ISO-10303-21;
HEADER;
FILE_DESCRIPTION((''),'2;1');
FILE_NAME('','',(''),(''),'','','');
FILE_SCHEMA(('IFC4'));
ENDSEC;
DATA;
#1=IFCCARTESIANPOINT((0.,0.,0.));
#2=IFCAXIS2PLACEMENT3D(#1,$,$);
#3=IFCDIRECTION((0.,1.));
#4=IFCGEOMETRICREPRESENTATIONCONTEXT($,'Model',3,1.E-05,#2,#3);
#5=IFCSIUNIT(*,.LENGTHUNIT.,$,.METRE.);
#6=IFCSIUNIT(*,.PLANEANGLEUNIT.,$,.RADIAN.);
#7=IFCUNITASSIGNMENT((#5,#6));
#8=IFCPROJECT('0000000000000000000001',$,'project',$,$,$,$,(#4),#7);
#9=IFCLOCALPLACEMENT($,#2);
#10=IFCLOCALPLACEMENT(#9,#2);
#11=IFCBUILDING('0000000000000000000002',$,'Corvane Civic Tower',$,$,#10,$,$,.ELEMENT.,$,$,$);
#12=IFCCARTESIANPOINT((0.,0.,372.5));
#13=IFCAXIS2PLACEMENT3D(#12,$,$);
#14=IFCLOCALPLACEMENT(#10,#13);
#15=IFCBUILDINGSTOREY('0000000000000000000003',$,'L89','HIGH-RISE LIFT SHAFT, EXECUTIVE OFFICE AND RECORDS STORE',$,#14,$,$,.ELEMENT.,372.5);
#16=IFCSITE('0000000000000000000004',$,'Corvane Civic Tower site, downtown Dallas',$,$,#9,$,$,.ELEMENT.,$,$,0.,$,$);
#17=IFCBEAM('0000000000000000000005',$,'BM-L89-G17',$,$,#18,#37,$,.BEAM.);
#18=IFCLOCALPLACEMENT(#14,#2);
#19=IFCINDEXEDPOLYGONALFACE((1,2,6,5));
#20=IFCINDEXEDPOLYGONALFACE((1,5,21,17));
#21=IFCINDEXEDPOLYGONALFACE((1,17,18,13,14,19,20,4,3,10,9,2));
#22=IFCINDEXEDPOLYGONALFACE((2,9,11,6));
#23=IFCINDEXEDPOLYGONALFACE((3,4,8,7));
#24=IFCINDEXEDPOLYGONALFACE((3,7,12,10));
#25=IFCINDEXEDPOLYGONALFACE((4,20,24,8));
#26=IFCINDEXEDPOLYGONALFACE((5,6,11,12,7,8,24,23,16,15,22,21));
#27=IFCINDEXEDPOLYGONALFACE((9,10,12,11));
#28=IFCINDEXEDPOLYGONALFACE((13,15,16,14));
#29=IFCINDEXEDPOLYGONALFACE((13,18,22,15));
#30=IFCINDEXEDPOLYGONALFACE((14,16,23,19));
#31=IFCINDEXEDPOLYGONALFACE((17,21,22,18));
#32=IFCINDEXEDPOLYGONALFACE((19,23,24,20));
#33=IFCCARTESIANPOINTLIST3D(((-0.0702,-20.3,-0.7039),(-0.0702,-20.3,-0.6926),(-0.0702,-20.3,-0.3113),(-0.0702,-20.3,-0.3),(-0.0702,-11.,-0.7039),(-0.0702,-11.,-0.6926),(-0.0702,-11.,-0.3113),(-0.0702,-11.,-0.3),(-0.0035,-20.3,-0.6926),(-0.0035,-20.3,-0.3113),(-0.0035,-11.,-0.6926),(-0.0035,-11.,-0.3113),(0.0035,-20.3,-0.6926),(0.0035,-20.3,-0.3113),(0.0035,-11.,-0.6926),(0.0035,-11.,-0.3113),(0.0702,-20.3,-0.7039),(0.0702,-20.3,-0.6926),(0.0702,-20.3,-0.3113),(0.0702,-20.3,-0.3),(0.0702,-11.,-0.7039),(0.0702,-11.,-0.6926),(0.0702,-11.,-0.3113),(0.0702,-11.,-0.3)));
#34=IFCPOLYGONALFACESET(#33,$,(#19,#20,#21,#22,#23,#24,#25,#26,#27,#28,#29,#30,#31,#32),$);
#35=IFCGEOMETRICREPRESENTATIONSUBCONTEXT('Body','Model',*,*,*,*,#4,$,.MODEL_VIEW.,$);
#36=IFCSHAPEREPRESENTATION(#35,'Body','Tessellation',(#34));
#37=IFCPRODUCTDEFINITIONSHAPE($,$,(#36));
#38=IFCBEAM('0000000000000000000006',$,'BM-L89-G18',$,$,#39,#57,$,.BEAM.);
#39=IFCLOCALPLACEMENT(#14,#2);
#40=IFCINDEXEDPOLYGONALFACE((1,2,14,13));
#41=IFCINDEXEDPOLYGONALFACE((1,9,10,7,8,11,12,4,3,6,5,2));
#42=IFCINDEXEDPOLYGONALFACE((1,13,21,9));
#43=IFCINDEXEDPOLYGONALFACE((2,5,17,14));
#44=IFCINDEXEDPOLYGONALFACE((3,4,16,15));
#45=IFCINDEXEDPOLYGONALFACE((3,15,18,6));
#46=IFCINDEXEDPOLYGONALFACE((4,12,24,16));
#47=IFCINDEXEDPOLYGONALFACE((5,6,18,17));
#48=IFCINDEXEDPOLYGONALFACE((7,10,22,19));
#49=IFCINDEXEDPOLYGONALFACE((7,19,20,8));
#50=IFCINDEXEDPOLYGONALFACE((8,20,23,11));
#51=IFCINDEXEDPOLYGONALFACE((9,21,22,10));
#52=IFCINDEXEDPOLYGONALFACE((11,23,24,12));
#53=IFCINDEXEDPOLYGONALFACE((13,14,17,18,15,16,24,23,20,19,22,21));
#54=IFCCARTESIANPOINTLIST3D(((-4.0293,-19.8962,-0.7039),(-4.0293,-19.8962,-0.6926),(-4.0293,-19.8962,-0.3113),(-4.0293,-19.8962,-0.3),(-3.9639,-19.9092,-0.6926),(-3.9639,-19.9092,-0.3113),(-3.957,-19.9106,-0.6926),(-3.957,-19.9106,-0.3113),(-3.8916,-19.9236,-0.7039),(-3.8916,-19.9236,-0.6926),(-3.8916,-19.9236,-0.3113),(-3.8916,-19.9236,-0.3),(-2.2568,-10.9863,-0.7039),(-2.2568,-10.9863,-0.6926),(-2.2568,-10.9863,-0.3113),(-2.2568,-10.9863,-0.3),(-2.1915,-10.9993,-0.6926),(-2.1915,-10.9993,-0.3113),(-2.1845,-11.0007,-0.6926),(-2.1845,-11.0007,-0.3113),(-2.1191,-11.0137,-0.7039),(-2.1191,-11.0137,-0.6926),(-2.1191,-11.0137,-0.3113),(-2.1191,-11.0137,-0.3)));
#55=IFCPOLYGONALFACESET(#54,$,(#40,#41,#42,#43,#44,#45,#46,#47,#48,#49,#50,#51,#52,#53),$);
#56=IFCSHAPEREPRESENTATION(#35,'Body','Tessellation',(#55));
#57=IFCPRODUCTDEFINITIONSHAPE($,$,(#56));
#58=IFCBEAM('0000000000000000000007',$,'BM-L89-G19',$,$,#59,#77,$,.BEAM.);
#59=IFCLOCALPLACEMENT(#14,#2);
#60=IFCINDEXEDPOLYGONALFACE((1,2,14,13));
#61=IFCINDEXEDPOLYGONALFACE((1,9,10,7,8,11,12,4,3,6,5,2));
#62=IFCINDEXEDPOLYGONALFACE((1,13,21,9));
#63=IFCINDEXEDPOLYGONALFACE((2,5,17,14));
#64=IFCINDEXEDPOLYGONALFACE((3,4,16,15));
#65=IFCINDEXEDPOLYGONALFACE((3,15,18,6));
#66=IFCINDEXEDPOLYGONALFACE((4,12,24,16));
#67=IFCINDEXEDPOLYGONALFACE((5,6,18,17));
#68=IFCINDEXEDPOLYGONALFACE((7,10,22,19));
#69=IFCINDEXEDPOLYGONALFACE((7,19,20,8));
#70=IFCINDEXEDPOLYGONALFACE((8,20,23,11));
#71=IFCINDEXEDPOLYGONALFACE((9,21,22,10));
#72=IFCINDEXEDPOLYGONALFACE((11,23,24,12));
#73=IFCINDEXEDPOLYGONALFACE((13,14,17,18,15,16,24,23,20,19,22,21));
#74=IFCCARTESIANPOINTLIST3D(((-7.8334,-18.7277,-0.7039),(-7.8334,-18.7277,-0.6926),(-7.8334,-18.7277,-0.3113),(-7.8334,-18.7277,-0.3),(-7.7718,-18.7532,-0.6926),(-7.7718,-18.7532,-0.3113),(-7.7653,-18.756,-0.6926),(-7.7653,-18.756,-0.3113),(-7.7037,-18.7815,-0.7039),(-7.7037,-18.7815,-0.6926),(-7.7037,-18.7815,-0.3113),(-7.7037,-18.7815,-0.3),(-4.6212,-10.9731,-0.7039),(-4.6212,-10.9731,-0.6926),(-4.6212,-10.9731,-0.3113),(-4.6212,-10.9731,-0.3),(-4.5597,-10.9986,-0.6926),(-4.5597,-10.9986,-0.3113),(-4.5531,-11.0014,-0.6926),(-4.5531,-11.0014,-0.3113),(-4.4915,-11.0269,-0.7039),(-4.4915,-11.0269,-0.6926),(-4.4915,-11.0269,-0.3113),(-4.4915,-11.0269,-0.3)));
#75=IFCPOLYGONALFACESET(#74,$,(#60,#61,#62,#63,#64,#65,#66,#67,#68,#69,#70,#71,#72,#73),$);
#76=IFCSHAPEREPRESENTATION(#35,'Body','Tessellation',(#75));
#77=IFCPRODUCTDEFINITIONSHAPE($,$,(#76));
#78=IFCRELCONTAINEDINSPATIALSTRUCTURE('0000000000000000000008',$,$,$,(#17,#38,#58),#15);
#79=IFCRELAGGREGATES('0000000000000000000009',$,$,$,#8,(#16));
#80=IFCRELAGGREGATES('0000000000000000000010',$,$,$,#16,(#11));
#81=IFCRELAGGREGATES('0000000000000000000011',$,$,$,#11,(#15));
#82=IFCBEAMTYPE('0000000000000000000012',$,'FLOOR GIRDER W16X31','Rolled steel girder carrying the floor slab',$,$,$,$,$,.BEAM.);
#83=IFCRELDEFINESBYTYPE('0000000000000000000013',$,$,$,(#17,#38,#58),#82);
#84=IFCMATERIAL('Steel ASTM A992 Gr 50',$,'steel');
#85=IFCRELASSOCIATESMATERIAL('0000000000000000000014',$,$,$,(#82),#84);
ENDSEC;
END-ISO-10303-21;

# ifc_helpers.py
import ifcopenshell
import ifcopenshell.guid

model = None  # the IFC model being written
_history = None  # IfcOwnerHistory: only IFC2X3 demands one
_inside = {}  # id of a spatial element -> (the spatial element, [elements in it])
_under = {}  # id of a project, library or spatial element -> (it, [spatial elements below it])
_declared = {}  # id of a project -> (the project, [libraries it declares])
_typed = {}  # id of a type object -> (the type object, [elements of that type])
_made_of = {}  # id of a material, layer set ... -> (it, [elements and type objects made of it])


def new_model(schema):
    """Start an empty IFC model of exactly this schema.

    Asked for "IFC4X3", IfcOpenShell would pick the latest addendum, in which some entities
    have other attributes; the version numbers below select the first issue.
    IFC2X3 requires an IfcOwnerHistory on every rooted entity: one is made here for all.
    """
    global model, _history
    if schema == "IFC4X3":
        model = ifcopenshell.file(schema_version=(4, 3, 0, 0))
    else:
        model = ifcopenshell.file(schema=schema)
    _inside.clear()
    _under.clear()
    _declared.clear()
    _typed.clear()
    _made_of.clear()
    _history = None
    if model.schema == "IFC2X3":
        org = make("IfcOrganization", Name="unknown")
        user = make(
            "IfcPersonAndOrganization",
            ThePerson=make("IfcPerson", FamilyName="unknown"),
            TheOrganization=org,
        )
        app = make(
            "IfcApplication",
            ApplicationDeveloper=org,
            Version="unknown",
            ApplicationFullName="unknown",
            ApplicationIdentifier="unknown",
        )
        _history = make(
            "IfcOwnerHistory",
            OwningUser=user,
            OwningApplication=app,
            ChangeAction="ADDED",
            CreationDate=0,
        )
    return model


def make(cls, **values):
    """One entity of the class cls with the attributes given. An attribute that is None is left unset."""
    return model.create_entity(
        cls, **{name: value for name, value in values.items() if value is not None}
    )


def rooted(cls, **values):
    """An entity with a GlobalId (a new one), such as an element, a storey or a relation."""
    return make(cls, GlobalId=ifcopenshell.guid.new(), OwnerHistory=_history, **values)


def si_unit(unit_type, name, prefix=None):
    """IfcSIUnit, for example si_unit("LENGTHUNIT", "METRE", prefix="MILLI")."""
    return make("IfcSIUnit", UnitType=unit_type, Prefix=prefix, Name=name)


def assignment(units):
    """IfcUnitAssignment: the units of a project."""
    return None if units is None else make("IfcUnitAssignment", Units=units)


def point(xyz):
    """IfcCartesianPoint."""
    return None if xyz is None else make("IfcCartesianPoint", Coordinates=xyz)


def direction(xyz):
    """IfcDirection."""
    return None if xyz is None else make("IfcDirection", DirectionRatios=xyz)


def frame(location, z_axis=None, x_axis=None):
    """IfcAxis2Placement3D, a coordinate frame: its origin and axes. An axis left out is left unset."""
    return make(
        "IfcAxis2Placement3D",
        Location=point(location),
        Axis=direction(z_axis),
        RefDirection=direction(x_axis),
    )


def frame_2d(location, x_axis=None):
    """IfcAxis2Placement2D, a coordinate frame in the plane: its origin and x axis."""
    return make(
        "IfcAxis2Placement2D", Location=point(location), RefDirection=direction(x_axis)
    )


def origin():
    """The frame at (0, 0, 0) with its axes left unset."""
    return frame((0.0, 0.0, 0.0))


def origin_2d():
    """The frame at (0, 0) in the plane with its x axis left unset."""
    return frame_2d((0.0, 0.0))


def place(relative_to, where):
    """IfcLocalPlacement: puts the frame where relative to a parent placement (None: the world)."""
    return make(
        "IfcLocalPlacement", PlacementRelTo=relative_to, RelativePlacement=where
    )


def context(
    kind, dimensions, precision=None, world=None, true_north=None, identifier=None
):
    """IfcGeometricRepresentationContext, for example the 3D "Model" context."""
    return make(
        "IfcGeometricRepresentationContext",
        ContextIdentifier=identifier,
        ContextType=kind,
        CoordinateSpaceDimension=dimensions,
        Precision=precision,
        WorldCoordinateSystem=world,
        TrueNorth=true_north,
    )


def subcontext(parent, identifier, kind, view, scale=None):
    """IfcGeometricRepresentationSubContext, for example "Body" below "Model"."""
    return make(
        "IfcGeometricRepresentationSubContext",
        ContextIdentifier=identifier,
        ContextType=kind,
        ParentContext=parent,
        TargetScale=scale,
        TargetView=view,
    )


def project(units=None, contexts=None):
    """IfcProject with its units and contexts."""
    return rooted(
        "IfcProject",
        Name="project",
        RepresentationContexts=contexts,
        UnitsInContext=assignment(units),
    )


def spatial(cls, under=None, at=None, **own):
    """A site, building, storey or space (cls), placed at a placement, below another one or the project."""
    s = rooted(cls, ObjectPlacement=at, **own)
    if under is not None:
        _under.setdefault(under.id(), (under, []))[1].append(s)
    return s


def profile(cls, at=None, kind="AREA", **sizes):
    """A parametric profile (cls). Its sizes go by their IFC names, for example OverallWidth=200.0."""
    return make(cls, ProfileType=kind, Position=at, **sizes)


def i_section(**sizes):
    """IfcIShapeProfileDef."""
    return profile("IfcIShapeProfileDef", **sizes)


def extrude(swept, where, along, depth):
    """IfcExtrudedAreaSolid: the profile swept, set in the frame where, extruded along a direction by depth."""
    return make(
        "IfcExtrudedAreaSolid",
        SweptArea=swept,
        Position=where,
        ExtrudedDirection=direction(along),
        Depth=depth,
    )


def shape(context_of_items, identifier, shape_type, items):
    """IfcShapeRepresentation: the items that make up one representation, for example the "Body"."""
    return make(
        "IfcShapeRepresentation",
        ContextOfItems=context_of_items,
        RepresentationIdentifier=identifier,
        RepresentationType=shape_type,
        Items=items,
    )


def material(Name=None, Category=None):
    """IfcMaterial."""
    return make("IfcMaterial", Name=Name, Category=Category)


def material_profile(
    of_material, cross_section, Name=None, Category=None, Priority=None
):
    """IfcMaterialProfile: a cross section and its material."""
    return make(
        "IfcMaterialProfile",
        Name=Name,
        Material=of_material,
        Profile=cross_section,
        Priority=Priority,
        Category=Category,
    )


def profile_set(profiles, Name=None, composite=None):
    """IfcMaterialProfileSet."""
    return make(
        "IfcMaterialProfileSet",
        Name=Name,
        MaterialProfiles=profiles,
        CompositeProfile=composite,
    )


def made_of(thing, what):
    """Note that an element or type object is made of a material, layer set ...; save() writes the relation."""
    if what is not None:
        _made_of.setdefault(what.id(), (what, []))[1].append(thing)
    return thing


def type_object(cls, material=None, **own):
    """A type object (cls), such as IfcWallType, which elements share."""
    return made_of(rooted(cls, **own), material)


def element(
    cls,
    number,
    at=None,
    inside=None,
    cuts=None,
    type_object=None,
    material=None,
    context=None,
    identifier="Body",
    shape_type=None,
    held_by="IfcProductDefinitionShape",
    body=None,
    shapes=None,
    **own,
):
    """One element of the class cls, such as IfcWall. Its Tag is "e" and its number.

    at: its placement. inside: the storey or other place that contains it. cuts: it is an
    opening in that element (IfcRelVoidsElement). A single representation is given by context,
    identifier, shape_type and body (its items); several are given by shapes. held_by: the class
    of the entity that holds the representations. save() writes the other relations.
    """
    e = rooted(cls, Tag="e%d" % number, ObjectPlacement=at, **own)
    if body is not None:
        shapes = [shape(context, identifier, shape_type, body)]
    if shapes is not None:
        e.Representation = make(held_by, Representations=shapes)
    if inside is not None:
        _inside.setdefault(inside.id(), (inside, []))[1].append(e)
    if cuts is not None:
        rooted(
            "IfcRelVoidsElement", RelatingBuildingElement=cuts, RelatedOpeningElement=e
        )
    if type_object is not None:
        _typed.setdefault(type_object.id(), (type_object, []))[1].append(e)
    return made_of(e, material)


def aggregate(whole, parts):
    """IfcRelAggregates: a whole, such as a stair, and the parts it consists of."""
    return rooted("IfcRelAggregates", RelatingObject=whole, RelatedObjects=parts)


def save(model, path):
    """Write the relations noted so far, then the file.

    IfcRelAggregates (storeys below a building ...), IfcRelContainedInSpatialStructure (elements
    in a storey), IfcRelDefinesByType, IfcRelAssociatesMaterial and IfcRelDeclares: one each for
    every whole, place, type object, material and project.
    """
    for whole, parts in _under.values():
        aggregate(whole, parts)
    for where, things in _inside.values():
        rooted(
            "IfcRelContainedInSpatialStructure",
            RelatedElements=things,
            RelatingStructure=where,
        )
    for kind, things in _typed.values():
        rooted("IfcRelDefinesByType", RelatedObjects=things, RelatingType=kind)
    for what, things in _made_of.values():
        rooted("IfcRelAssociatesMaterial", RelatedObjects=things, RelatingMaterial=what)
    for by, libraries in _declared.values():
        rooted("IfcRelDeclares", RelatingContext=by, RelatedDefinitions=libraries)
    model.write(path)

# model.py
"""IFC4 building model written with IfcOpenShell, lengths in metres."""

from ifc_helpers import new_model, si_unit, direction, frame, origin, origin_2d, place, context, subcontext, project, spatial, i_section, extrude, material, material_profile, profile_set, type_object, element, save


model = new_model("IFC4")

# Units and contexts
model_context = context("Model", 3, precision=1e-05, world=origin(), true_north=direction((0.0, 1.0)))
body_context = subcontext(model_context, "Body", "Model", "MODEL_VIEW")
ifc_project = project(units=[si_unit("LENGTHUNIT", "METRE"), si_unit("PLANEANGLEUNIT", "RADIAN")], contexts=[model_context])

# Site, building, storey
site_placement = place(None, origin())
site = spatial("IfcSite", under=ifc_project, at=site_placement, Name="Corvane Civic Tower site, downtown Dallas", CompositionType="ELEMENT", RefElevation=0.0)
building_placement = place(site_placement, origin())
building = spatial("IfcBuilding", under=site, at=building_placement, Name="Corvane Civic Tower", CompositionType="ELEMENT")
storey_placement = place(building_placement, frame((0.0, 0.0, 372.5)))
storey = spatial("IfcBuildingStorey", under=building, at=storey_placement, Name="L89", Description="HIGH-RISE LIFT SHAFT, EXECUTIVE OFFICE AND RECORDS STORE", CompositionType="ELEMENT", Elevation=372.5)

# Beams
ifc_material_1 = material(Name="Steel ASTM A992 Gr 50", Category="steel")
ifc_material_profile = material_profile(ifc_material_1, i_section(OverallWidth=0.1404, OverallDepth=0.4038, WebThickness=0.0071, FlangeThickness=0.0112, at=origin_2d()), Name="W16X31")
ifc_profile_set = profile_set([ifc_material_profile], Name="Steel ASTM A992 Gr 50")
beam_type = type_object("IfcBeamType", Name="FLOOR GIRDER W16X31", Description="Rolled steel girder carrying the floor slab", PredefinedType="BEAM", material=ifc_profile_set)
beam_1_placement = place(storey_placement, frame((0.0, -11.0, -0.502), z_axis=(0.0, -1.0, 0.0), x_axis=(1.0, 0.0, 0.0)))
element("IfcBeam", 1, at=beam_1_placement, inside=storey, type_object=beam_type, Name="BM-L89-G17", PredefinedType="BEAM", context=body_context, shape_type="SweptSolid", body=[
    extrude(i_section(OverallWidth=0.1404, OverallDepth=0.4038, WebThickness=0.0071, FlangeThickness=0.0112, at=origin_2d()), origin(), (0.0, 0.0, 1.0), 9.3),
])
beam_2_placement = place(storey_placement, frame((-2.188, -11.0, -0.502), z_axis=(-0.195108, -0.980782, 0.0), x_axis=(0.980782, -0.195108, 0.0)))
element("IfcBeam", 2, at=beam_2_placement, inside=storey, type_object=beam_type, Name="BM-L89-G18", PredefinedType="BEAM", context=body_context, shape_type="SweptSolid", body=[
    extrude(i_section(OverallWidth=0.1404, OverallDepth=0.4038, WebThickness=0.0071, FlangeThickness=0.0112, at=origin_2d()), origin(), (0.0, 0.0, 1.0), 9.0845),
])
beam_3_placement = place(storey_placement, frame((-4.5564, -11.0, -0.502), z_axis=(-0.382692, -0.923876, 0.0), x_axis=(0.923876, -0.382692, 0.0)))
element("IfcBeam", 3, at=beam_3_placement, inside=storey, type_object=beam_type, Name="BM-L89-G19", PredefinedType="BEAM", context=body_context, shape_type="SweptSolid", body=[
    extrude(i_section(OverallWidth=0.1404, OverallDepth=0.4038, WebThickness=0.0071, FlangeThickness=0.0112, at=origin_2d()), origin(), (0.0, 0.0, 1.0), 8.3936),
])

save(model, "model.ifc")
